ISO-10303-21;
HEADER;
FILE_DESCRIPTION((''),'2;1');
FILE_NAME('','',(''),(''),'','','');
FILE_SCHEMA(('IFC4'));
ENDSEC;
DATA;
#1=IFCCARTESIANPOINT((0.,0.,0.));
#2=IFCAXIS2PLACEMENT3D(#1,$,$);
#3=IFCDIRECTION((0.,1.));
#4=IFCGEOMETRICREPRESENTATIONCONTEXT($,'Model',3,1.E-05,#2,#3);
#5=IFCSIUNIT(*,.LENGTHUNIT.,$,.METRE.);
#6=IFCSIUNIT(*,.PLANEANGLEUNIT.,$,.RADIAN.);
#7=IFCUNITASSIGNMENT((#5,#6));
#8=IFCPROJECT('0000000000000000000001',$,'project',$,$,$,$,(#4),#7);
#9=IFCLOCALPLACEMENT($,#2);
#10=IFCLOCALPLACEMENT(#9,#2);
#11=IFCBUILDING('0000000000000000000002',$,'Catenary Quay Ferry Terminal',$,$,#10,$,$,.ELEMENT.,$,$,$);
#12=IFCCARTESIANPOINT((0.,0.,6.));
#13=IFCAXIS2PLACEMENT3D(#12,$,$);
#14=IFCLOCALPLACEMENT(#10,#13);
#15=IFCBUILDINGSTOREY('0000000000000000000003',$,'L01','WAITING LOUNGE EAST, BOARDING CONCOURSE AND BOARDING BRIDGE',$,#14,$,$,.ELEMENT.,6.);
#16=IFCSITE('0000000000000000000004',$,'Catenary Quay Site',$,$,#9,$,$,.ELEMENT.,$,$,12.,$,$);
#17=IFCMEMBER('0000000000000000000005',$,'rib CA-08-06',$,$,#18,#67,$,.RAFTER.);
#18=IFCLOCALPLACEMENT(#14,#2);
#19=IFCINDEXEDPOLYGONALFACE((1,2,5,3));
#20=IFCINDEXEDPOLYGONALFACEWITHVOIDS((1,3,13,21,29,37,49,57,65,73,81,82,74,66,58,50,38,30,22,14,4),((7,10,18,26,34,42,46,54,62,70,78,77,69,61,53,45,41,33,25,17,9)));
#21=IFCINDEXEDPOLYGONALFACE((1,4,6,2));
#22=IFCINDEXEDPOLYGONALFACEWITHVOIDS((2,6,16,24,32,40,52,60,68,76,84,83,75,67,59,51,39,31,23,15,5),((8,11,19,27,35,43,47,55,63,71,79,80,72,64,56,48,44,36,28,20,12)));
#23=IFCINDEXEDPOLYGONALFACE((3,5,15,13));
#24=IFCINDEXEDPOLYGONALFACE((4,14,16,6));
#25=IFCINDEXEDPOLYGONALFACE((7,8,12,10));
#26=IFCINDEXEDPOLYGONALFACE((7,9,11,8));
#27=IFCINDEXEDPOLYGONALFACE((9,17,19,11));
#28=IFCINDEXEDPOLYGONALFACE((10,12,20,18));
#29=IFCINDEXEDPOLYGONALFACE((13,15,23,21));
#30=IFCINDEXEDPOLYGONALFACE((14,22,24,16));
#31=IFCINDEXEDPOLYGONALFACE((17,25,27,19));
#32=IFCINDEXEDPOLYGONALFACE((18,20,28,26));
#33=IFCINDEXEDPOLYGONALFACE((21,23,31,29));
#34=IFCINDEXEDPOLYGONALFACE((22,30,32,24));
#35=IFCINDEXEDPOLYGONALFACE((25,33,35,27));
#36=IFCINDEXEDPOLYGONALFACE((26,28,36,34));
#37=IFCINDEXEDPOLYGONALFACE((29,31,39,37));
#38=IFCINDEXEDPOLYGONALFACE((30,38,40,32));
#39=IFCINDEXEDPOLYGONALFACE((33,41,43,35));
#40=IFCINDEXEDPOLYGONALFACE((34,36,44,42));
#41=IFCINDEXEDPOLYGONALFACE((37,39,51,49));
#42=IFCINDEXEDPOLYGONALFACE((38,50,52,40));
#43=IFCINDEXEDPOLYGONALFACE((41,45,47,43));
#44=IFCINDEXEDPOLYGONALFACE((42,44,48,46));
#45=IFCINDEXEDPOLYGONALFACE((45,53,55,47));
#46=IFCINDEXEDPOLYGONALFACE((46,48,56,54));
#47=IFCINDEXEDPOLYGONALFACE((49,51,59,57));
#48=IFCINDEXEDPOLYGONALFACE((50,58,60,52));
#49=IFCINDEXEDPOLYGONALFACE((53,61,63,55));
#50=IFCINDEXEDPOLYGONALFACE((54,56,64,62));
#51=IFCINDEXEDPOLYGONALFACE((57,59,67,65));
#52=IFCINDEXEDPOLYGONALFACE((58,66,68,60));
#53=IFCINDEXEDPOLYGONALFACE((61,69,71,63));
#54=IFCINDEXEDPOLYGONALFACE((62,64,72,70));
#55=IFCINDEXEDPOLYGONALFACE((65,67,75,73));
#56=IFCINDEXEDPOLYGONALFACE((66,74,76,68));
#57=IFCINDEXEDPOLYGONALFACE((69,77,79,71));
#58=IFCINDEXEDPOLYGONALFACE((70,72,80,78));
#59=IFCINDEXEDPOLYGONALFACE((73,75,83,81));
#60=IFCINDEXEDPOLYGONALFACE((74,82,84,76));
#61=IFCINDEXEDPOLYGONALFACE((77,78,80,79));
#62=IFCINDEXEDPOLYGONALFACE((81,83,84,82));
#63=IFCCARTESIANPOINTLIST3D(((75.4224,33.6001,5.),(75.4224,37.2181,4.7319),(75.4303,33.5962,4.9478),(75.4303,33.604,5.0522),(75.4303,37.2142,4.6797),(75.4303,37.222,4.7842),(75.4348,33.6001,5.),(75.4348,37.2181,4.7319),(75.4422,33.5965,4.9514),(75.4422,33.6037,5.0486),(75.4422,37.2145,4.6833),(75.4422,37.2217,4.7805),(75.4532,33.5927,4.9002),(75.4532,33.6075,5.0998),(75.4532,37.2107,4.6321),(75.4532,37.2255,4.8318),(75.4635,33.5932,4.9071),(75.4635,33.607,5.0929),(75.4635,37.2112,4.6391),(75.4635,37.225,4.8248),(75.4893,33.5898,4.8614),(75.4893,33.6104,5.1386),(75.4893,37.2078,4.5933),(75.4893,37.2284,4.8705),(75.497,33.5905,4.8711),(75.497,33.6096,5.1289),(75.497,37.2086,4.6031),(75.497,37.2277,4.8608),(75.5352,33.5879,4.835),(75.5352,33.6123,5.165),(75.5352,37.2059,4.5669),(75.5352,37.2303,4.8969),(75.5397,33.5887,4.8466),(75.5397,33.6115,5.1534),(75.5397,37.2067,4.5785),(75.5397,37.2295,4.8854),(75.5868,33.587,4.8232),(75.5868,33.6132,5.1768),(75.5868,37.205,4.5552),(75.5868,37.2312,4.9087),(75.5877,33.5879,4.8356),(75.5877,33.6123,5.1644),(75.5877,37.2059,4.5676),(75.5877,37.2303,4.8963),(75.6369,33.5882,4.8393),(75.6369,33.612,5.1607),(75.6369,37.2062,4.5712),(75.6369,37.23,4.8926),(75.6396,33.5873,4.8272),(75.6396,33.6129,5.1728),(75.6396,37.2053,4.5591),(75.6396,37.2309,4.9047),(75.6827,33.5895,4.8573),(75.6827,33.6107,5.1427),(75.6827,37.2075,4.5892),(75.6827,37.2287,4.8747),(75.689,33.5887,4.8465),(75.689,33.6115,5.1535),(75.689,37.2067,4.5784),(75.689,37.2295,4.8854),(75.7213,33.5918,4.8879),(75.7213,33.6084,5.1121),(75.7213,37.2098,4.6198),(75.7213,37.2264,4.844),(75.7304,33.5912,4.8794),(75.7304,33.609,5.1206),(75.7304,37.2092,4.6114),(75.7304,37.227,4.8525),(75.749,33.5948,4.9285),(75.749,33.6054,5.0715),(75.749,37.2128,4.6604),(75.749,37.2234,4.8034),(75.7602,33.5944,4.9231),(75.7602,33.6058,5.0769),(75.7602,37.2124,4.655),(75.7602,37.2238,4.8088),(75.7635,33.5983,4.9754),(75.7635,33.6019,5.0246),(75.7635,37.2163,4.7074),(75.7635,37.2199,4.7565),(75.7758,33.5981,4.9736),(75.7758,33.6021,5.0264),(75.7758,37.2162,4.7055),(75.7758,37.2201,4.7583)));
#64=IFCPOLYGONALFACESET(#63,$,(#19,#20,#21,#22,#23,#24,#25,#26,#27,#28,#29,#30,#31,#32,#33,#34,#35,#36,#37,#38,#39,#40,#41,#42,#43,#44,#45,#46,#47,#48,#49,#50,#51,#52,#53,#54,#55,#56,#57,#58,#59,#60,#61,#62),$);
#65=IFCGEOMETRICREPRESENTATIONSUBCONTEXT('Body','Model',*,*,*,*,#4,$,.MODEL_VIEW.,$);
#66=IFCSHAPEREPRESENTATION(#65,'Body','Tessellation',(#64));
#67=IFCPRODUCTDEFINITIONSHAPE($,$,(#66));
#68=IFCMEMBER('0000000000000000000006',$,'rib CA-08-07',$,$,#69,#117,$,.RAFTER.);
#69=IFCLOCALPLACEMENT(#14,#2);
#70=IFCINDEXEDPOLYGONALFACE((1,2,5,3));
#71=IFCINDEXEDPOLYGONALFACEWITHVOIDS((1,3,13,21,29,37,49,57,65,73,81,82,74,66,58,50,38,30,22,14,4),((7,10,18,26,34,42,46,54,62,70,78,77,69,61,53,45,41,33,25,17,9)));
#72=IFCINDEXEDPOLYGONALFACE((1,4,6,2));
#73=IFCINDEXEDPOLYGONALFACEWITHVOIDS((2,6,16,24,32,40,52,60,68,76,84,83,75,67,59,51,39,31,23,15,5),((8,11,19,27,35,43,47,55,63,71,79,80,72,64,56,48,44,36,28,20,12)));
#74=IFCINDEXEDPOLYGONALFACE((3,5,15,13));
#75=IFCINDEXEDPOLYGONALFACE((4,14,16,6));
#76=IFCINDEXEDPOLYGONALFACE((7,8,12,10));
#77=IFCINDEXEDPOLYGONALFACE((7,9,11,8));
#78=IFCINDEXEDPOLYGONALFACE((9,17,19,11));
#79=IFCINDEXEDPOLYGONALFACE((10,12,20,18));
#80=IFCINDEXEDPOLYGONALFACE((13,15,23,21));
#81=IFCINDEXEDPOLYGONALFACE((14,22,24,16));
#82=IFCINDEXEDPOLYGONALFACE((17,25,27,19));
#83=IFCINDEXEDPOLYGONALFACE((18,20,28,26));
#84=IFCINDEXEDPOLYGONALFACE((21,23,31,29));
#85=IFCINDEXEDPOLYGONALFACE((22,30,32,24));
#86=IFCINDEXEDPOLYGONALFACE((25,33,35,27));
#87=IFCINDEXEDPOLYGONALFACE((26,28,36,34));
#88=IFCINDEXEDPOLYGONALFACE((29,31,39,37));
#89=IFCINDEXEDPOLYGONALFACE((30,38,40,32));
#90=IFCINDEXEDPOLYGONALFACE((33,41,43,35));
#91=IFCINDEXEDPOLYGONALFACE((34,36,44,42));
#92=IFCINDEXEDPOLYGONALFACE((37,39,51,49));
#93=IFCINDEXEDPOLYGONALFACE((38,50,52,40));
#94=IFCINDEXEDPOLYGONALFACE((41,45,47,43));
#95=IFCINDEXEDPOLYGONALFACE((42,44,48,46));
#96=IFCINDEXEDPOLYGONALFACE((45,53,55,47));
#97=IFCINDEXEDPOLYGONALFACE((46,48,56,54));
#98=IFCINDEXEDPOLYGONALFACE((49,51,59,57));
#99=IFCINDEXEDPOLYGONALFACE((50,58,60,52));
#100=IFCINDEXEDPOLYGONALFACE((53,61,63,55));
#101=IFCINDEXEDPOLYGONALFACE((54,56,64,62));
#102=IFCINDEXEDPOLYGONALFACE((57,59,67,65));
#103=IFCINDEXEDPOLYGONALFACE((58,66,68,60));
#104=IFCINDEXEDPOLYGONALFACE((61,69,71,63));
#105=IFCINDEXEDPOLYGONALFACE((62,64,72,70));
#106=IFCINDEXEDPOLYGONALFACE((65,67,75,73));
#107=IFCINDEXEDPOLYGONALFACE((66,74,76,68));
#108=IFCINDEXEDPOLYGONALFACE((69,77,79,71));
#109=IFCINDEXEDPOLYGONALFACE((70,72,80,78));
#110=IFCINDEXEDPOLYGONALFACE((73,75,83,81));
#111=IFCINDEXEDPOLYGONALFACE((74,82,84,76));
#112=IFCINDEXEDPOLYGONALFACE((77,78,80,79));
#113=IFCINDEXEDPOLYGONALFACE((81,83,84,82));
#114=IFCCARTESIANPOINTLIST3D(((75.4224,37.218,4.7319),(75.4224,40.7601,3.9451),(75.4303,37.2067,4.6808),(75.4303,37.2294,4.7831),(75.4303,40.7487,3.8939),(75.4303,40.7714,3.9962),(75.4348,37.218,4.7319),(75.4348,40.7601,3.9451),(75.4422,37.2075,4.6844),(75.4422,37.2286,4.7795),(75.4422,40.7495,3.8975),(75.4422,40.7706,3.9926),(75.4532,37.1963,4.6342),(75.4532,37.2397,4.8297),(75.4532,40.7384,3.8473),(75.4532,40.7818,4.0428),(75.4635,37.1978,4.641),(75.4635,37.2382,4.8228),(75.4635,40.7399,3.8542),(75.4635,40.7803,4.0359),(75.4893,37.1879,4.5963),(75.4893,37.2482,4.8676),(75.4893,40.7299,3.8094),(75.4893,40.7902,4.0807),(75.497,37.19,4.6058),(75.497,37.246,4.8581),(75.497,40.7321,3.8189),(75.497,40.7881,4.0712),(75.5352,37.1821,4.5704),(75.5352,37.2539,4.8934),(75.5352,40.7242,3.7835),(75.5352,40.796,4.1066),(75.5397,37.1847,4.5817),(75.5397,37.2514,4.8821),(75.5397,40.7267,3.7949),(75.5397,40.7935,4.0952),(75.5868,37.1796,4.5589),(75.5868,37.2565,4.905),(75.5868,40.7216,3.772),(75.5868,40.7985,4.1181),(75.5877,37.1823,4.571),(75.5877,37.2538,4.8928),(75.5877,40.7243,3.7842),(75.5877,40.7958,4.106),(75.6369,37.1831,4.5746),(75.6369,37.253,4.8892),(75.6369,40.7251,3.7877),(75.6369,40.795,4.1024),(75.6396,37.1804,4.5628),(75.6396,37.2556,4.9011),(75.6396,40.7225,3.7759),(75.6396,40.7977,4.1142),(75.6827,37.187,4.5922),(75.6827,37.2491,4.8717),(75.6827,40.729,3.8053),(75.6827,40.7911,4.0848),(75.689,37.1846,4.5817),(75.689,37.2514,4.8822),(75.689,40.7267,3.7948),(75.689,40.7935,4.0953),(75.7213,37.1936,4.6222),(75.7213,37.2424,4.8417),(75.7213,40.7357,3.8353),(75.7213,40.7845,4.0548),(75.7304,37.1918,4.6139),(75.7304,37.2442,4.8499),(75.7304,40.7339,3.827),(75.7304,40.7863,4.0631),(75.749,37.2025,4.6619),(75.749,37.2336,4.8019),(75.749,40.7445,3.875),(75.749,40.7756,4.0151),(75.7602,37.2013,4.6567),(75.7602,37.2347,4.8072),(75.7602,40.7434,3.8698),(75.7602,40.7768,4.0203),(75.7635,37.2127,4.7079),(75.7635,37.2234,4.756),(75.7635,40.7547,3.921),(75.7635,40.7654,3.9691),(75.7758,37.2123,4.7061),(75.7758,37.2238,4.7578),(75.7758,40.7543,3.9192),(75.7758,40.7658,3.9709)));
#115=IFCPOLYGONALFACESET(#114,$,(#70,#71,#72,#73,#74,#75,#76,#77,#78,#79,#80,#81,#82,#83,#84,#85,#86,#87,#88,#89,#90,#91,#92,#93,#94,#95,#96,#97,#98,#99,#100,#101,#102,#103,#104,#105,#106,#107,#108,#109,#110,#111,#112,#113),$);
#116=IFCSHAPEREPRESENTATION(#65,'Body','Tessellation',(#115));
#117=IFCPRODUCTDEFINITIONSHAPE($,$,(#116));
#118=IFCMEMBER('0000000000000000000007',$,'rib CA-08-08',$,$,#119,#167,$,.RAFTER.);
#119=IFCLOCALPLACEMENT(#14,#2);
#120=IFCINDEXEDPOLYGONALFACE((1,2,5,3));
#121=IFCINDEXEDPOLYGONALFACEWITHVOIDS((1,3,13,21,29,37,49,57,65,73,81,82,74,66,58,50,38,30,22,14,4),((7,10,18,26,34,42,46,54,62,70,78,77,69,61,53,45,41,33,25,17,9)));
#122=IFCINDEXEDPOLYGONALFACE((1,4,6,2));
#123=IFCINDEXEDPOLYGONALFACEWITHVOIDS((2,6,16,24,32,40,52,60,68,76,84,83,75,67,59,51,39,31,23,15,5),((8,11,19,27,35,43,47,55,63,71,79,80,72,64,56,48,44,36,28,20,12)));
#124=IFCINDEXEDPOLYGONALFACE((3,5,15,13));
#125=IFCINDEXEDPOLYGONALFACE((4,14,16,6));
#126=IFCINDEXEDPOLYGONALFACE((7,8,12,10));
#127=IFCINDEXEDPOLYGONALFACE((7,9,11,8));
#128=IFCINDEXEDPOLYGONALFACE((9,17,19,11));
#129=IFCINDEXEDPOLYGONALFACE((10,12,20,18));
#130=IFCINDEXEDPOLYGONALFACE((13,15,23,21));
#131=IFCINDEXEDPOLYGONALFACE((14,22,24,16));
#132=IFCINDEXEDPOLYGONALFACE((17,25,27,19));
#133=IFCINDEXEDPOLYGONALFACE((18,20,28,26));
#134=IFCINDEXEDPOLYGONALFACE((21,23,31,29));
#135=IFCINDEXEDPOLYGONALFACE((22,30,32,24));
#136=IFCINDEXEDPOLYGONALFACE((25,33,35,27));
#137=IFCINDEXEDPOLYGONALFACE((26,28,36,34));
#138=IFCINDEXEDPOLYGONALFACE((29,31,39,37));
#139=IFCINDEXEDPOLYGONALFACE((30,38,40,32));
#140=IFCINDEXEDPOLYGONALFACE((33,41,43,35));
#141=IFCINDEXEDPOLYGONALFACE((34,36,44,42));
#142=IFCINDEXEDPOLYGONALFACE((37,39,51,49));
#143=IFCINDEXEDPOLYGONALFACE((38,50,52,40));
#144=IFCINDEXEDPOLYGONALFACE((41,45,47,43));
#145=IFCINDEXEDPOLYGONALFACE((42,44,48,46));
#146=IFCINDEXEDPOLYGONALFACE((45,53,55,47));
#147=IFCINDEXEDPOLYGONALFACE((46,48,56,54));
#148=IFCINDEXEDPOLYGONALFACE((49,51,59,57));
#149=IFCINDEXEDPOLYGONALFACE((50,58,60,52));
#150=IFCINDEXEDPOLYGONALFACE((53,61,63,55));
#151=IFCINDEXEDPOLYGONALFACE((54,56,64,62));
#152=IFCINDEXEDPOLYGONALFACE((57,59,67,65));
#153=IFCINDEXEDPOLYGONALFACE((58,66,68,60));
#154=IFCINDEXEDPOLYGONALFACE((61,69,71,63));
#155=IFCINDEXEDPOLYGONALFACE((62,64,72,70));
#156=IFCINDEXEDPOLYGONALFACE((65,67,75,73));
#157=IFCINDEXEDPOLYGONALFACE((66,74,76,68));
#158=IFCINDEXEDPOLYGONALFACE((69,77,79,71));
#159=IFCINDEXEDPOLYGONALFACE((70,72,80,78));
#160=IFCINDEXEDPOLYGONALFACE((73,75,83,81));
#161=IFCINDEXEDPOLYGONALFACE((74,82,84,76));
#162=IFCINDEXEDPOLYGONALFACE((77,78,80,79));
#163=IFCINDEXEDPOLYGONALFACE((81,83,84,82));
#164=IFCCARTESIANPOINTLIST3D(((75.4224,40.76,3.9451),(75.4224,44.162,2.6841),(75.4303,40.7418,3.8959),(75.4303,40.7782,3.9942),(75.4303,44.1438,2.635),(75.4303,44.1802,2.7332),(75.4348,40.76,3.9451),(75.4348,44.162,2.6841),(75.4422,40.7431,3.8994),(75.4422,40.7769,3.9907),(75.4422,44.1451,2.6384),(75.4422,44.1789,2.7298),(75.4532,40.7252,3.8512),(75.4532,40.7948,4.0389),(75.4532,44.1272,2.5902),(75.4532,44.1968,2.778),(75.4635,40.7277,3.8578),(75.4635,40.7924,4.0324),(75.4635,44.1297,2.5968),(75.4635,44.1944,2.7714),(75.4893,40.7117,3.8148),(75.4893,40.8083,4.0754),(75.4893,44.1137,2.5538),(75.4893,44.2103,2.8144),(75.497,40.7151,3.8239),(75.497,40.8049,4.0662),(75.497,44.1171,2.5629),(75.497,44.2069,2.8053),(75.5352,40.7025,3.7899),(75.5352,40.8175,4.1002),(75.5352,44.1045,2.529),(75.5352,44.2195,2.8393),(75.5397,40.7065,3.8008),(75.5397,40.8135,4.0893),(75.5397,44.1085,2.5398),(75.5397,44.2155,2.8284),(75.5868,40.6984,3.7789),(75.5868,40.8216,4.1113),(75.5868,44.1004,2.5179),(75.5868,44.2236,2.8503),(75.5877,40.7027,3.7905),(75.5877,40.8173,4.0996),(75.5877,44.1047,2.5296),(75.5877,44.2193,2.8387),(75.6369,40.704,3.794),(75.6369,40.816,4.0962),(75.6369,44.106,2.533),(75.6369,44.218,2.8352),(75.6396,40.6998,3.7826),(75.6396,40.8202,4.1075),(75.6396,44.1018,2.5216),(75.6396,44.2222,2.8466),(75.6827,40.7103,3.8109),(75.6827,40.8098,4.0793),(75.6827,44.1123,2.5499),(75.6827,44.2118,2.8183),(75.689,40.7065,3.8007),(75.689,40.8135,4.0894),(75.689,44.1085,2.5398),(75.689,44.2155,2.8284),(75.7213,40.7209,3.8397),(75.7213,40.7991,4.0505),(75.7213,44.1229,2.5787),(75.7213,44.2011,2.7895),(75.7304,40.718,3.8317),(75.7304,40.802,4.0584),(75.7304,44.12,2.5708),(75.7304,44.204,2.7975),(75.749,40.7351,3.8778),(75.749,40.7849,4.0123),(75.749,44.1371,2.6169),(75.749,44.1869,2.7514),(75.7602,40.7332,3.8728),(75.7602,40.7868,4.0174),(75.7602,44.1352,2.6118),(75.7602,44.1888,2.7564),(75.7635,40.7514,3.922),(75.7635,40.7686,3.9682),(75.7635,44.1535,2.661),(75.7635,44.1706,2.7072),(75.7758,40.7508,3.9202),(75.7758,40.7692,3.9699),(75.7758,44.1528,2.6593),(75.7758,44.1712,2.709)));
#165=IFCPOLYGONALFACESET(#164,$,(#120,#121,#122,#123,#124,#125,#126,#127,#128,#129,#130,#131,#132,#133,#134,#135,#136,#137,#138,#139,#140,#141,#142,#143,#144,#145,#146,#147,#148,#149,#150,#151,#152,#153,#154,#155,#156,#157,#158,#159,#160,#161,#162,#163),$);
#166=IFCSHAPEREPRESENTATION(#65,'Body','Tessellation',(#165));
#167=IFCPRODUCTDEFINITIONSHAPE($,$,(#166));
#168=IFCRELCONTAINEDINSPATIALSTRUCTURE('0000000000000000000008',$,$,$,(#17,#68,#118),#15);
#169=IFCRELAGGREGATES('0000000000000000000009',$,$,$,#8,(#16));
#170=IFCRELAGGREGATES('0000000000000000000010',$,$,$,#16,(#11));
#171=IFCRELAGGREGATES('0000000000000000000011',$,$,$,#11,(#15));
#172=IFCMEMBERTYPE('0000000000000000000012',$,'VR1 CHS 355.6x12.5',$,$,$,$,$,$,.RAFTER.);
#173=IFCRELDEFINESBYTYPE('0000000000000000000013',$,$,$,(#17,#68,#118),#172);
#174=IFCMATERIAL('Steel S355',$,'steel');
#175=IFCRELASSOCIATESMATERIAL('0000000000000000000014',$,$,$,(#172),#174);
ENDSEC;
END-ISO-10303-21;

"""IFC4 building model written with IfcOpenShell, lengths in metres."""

from ifc_helpers import new_model, si_unit, direction, frame, origin, origin_2d, place, context, subcontext, project, spatial, hollow_circle, extrude, material, material_profile, profile_set, type_object, element, save


model = new_model("IFC4")

# Units and contexts
model_context = context("Model", 3, precision=1e-05, world=origin(), true_north=direction((0.0, 1.0)))
body_context = subcontext(model_context, "Body", "Model", "MODEL_VIEW")
ifc_project = project(units=[si_unit("LENGTHUNIT", "METRE"), si_unit("PLANEANGLEUNIT", "RADIAN")], contexts=[model_context])

# Site, building, storey
site_placement = place(None, origin())
site = spatial("IfcSite", under=ifc_project, at=site_placement, Name="Catenary Quay Site", CompositionType="ELEMENT", RefElevation=12.0)
building_placement = place(site_placement, origin())
building = spatial("IfcBuilding", under=site, at=building_placement, Name="Catenary Quay Ferry Terminal", CompositionType="ELEMENT")
storey_placement = place(building_placement, frame((0.0, 0.0, 6.0)))
storey = spatial("IfcBuildingStorey", under=building, at=storey_placement, Name="L01", Description="WAITING LOUNGE EAST, BOARDING CONCOURSE AND BOARDING BRIDGE", CompositionType="ELEMENT", Elevation=6.0)

# Members
ifc_material_1 = material(Name="Steel S355", Category="steel")
ifc_material_profile_1 = material_profile(ifc_material_1, hollow_circle(Radius=0.1777, WallThickness=0.0125, at=origin_2d()), Name="CHS 355.6x12.5")
ifc_profile_set_1 = profile_set([ifc_material_profile_1], Name="Steel S355")
member_type_1 = type_object("IfcMemberType", Name="VR1 CHS 355.6x12.5", PredefinedType="RAFTER", material=ifc_profile_set_1)
member_1_placement = place(storey_placement, frame((75.6001, 33.6001, 5.0), z_axis=(0.0, 0.997266, -0.073892), x_axis=(-1.0, 0.0, 0.0)))
element("IfcMember", 1, at=member_1_placement, inside=storey, type_object=member_type_1, Name="rib CA-08-06", PredefinedType="RAFTER", context=body_context, shape_type="SweptSolid", body=[
    extrude(hollow_circle(Radius=0.1777, WallThickness=0.0125, at=origin_2d()), origin(), (0.0, 0.0, 1.0), 3.6279),
])
member_2_placement = place(storey_placement, frame((75.6001, 37.218, 4.7319), z_axis=(0.0, 0.976201, -0.216866), x_axis=(-1.0, 0.0, 0.0)))
element("IfcMember", 2, at=member_2_placement, inside=storey, type_object=member_type_1, Name="rib CA-08-07", PredefinedType="RAFTER", context=body_context, shape_type="SweptSolid", body=[
    extrude(hollow_circle(Radius=0.1777, WallThickness=0.0125, at=origin_2d()), origin(), (0.0, 0.0, 1.0), 3.6284),
])
member_3_placement = place(storey_placement, frame((75.6001, 40.76, 3.9451), z_axis=(0.0, 0.937664, -0.347544), x_axis=(-1.0, 0.0, 0.0)))
element("IfcMember", 3, at=member_3_placement, inside=storey, type_object=member_type_1, Name="rib CA-08-08", PredefinedType="RAFTER", context=body_context, shape_type="SweptSolid", body=[
    extrude(hollow_circle(Radius=0.1777, WallThickness=0.0125, at=origin_2d()), origin(), (0.0, 0.0, 1.0), 3.6282),
])

save(model, "model.ifc")
